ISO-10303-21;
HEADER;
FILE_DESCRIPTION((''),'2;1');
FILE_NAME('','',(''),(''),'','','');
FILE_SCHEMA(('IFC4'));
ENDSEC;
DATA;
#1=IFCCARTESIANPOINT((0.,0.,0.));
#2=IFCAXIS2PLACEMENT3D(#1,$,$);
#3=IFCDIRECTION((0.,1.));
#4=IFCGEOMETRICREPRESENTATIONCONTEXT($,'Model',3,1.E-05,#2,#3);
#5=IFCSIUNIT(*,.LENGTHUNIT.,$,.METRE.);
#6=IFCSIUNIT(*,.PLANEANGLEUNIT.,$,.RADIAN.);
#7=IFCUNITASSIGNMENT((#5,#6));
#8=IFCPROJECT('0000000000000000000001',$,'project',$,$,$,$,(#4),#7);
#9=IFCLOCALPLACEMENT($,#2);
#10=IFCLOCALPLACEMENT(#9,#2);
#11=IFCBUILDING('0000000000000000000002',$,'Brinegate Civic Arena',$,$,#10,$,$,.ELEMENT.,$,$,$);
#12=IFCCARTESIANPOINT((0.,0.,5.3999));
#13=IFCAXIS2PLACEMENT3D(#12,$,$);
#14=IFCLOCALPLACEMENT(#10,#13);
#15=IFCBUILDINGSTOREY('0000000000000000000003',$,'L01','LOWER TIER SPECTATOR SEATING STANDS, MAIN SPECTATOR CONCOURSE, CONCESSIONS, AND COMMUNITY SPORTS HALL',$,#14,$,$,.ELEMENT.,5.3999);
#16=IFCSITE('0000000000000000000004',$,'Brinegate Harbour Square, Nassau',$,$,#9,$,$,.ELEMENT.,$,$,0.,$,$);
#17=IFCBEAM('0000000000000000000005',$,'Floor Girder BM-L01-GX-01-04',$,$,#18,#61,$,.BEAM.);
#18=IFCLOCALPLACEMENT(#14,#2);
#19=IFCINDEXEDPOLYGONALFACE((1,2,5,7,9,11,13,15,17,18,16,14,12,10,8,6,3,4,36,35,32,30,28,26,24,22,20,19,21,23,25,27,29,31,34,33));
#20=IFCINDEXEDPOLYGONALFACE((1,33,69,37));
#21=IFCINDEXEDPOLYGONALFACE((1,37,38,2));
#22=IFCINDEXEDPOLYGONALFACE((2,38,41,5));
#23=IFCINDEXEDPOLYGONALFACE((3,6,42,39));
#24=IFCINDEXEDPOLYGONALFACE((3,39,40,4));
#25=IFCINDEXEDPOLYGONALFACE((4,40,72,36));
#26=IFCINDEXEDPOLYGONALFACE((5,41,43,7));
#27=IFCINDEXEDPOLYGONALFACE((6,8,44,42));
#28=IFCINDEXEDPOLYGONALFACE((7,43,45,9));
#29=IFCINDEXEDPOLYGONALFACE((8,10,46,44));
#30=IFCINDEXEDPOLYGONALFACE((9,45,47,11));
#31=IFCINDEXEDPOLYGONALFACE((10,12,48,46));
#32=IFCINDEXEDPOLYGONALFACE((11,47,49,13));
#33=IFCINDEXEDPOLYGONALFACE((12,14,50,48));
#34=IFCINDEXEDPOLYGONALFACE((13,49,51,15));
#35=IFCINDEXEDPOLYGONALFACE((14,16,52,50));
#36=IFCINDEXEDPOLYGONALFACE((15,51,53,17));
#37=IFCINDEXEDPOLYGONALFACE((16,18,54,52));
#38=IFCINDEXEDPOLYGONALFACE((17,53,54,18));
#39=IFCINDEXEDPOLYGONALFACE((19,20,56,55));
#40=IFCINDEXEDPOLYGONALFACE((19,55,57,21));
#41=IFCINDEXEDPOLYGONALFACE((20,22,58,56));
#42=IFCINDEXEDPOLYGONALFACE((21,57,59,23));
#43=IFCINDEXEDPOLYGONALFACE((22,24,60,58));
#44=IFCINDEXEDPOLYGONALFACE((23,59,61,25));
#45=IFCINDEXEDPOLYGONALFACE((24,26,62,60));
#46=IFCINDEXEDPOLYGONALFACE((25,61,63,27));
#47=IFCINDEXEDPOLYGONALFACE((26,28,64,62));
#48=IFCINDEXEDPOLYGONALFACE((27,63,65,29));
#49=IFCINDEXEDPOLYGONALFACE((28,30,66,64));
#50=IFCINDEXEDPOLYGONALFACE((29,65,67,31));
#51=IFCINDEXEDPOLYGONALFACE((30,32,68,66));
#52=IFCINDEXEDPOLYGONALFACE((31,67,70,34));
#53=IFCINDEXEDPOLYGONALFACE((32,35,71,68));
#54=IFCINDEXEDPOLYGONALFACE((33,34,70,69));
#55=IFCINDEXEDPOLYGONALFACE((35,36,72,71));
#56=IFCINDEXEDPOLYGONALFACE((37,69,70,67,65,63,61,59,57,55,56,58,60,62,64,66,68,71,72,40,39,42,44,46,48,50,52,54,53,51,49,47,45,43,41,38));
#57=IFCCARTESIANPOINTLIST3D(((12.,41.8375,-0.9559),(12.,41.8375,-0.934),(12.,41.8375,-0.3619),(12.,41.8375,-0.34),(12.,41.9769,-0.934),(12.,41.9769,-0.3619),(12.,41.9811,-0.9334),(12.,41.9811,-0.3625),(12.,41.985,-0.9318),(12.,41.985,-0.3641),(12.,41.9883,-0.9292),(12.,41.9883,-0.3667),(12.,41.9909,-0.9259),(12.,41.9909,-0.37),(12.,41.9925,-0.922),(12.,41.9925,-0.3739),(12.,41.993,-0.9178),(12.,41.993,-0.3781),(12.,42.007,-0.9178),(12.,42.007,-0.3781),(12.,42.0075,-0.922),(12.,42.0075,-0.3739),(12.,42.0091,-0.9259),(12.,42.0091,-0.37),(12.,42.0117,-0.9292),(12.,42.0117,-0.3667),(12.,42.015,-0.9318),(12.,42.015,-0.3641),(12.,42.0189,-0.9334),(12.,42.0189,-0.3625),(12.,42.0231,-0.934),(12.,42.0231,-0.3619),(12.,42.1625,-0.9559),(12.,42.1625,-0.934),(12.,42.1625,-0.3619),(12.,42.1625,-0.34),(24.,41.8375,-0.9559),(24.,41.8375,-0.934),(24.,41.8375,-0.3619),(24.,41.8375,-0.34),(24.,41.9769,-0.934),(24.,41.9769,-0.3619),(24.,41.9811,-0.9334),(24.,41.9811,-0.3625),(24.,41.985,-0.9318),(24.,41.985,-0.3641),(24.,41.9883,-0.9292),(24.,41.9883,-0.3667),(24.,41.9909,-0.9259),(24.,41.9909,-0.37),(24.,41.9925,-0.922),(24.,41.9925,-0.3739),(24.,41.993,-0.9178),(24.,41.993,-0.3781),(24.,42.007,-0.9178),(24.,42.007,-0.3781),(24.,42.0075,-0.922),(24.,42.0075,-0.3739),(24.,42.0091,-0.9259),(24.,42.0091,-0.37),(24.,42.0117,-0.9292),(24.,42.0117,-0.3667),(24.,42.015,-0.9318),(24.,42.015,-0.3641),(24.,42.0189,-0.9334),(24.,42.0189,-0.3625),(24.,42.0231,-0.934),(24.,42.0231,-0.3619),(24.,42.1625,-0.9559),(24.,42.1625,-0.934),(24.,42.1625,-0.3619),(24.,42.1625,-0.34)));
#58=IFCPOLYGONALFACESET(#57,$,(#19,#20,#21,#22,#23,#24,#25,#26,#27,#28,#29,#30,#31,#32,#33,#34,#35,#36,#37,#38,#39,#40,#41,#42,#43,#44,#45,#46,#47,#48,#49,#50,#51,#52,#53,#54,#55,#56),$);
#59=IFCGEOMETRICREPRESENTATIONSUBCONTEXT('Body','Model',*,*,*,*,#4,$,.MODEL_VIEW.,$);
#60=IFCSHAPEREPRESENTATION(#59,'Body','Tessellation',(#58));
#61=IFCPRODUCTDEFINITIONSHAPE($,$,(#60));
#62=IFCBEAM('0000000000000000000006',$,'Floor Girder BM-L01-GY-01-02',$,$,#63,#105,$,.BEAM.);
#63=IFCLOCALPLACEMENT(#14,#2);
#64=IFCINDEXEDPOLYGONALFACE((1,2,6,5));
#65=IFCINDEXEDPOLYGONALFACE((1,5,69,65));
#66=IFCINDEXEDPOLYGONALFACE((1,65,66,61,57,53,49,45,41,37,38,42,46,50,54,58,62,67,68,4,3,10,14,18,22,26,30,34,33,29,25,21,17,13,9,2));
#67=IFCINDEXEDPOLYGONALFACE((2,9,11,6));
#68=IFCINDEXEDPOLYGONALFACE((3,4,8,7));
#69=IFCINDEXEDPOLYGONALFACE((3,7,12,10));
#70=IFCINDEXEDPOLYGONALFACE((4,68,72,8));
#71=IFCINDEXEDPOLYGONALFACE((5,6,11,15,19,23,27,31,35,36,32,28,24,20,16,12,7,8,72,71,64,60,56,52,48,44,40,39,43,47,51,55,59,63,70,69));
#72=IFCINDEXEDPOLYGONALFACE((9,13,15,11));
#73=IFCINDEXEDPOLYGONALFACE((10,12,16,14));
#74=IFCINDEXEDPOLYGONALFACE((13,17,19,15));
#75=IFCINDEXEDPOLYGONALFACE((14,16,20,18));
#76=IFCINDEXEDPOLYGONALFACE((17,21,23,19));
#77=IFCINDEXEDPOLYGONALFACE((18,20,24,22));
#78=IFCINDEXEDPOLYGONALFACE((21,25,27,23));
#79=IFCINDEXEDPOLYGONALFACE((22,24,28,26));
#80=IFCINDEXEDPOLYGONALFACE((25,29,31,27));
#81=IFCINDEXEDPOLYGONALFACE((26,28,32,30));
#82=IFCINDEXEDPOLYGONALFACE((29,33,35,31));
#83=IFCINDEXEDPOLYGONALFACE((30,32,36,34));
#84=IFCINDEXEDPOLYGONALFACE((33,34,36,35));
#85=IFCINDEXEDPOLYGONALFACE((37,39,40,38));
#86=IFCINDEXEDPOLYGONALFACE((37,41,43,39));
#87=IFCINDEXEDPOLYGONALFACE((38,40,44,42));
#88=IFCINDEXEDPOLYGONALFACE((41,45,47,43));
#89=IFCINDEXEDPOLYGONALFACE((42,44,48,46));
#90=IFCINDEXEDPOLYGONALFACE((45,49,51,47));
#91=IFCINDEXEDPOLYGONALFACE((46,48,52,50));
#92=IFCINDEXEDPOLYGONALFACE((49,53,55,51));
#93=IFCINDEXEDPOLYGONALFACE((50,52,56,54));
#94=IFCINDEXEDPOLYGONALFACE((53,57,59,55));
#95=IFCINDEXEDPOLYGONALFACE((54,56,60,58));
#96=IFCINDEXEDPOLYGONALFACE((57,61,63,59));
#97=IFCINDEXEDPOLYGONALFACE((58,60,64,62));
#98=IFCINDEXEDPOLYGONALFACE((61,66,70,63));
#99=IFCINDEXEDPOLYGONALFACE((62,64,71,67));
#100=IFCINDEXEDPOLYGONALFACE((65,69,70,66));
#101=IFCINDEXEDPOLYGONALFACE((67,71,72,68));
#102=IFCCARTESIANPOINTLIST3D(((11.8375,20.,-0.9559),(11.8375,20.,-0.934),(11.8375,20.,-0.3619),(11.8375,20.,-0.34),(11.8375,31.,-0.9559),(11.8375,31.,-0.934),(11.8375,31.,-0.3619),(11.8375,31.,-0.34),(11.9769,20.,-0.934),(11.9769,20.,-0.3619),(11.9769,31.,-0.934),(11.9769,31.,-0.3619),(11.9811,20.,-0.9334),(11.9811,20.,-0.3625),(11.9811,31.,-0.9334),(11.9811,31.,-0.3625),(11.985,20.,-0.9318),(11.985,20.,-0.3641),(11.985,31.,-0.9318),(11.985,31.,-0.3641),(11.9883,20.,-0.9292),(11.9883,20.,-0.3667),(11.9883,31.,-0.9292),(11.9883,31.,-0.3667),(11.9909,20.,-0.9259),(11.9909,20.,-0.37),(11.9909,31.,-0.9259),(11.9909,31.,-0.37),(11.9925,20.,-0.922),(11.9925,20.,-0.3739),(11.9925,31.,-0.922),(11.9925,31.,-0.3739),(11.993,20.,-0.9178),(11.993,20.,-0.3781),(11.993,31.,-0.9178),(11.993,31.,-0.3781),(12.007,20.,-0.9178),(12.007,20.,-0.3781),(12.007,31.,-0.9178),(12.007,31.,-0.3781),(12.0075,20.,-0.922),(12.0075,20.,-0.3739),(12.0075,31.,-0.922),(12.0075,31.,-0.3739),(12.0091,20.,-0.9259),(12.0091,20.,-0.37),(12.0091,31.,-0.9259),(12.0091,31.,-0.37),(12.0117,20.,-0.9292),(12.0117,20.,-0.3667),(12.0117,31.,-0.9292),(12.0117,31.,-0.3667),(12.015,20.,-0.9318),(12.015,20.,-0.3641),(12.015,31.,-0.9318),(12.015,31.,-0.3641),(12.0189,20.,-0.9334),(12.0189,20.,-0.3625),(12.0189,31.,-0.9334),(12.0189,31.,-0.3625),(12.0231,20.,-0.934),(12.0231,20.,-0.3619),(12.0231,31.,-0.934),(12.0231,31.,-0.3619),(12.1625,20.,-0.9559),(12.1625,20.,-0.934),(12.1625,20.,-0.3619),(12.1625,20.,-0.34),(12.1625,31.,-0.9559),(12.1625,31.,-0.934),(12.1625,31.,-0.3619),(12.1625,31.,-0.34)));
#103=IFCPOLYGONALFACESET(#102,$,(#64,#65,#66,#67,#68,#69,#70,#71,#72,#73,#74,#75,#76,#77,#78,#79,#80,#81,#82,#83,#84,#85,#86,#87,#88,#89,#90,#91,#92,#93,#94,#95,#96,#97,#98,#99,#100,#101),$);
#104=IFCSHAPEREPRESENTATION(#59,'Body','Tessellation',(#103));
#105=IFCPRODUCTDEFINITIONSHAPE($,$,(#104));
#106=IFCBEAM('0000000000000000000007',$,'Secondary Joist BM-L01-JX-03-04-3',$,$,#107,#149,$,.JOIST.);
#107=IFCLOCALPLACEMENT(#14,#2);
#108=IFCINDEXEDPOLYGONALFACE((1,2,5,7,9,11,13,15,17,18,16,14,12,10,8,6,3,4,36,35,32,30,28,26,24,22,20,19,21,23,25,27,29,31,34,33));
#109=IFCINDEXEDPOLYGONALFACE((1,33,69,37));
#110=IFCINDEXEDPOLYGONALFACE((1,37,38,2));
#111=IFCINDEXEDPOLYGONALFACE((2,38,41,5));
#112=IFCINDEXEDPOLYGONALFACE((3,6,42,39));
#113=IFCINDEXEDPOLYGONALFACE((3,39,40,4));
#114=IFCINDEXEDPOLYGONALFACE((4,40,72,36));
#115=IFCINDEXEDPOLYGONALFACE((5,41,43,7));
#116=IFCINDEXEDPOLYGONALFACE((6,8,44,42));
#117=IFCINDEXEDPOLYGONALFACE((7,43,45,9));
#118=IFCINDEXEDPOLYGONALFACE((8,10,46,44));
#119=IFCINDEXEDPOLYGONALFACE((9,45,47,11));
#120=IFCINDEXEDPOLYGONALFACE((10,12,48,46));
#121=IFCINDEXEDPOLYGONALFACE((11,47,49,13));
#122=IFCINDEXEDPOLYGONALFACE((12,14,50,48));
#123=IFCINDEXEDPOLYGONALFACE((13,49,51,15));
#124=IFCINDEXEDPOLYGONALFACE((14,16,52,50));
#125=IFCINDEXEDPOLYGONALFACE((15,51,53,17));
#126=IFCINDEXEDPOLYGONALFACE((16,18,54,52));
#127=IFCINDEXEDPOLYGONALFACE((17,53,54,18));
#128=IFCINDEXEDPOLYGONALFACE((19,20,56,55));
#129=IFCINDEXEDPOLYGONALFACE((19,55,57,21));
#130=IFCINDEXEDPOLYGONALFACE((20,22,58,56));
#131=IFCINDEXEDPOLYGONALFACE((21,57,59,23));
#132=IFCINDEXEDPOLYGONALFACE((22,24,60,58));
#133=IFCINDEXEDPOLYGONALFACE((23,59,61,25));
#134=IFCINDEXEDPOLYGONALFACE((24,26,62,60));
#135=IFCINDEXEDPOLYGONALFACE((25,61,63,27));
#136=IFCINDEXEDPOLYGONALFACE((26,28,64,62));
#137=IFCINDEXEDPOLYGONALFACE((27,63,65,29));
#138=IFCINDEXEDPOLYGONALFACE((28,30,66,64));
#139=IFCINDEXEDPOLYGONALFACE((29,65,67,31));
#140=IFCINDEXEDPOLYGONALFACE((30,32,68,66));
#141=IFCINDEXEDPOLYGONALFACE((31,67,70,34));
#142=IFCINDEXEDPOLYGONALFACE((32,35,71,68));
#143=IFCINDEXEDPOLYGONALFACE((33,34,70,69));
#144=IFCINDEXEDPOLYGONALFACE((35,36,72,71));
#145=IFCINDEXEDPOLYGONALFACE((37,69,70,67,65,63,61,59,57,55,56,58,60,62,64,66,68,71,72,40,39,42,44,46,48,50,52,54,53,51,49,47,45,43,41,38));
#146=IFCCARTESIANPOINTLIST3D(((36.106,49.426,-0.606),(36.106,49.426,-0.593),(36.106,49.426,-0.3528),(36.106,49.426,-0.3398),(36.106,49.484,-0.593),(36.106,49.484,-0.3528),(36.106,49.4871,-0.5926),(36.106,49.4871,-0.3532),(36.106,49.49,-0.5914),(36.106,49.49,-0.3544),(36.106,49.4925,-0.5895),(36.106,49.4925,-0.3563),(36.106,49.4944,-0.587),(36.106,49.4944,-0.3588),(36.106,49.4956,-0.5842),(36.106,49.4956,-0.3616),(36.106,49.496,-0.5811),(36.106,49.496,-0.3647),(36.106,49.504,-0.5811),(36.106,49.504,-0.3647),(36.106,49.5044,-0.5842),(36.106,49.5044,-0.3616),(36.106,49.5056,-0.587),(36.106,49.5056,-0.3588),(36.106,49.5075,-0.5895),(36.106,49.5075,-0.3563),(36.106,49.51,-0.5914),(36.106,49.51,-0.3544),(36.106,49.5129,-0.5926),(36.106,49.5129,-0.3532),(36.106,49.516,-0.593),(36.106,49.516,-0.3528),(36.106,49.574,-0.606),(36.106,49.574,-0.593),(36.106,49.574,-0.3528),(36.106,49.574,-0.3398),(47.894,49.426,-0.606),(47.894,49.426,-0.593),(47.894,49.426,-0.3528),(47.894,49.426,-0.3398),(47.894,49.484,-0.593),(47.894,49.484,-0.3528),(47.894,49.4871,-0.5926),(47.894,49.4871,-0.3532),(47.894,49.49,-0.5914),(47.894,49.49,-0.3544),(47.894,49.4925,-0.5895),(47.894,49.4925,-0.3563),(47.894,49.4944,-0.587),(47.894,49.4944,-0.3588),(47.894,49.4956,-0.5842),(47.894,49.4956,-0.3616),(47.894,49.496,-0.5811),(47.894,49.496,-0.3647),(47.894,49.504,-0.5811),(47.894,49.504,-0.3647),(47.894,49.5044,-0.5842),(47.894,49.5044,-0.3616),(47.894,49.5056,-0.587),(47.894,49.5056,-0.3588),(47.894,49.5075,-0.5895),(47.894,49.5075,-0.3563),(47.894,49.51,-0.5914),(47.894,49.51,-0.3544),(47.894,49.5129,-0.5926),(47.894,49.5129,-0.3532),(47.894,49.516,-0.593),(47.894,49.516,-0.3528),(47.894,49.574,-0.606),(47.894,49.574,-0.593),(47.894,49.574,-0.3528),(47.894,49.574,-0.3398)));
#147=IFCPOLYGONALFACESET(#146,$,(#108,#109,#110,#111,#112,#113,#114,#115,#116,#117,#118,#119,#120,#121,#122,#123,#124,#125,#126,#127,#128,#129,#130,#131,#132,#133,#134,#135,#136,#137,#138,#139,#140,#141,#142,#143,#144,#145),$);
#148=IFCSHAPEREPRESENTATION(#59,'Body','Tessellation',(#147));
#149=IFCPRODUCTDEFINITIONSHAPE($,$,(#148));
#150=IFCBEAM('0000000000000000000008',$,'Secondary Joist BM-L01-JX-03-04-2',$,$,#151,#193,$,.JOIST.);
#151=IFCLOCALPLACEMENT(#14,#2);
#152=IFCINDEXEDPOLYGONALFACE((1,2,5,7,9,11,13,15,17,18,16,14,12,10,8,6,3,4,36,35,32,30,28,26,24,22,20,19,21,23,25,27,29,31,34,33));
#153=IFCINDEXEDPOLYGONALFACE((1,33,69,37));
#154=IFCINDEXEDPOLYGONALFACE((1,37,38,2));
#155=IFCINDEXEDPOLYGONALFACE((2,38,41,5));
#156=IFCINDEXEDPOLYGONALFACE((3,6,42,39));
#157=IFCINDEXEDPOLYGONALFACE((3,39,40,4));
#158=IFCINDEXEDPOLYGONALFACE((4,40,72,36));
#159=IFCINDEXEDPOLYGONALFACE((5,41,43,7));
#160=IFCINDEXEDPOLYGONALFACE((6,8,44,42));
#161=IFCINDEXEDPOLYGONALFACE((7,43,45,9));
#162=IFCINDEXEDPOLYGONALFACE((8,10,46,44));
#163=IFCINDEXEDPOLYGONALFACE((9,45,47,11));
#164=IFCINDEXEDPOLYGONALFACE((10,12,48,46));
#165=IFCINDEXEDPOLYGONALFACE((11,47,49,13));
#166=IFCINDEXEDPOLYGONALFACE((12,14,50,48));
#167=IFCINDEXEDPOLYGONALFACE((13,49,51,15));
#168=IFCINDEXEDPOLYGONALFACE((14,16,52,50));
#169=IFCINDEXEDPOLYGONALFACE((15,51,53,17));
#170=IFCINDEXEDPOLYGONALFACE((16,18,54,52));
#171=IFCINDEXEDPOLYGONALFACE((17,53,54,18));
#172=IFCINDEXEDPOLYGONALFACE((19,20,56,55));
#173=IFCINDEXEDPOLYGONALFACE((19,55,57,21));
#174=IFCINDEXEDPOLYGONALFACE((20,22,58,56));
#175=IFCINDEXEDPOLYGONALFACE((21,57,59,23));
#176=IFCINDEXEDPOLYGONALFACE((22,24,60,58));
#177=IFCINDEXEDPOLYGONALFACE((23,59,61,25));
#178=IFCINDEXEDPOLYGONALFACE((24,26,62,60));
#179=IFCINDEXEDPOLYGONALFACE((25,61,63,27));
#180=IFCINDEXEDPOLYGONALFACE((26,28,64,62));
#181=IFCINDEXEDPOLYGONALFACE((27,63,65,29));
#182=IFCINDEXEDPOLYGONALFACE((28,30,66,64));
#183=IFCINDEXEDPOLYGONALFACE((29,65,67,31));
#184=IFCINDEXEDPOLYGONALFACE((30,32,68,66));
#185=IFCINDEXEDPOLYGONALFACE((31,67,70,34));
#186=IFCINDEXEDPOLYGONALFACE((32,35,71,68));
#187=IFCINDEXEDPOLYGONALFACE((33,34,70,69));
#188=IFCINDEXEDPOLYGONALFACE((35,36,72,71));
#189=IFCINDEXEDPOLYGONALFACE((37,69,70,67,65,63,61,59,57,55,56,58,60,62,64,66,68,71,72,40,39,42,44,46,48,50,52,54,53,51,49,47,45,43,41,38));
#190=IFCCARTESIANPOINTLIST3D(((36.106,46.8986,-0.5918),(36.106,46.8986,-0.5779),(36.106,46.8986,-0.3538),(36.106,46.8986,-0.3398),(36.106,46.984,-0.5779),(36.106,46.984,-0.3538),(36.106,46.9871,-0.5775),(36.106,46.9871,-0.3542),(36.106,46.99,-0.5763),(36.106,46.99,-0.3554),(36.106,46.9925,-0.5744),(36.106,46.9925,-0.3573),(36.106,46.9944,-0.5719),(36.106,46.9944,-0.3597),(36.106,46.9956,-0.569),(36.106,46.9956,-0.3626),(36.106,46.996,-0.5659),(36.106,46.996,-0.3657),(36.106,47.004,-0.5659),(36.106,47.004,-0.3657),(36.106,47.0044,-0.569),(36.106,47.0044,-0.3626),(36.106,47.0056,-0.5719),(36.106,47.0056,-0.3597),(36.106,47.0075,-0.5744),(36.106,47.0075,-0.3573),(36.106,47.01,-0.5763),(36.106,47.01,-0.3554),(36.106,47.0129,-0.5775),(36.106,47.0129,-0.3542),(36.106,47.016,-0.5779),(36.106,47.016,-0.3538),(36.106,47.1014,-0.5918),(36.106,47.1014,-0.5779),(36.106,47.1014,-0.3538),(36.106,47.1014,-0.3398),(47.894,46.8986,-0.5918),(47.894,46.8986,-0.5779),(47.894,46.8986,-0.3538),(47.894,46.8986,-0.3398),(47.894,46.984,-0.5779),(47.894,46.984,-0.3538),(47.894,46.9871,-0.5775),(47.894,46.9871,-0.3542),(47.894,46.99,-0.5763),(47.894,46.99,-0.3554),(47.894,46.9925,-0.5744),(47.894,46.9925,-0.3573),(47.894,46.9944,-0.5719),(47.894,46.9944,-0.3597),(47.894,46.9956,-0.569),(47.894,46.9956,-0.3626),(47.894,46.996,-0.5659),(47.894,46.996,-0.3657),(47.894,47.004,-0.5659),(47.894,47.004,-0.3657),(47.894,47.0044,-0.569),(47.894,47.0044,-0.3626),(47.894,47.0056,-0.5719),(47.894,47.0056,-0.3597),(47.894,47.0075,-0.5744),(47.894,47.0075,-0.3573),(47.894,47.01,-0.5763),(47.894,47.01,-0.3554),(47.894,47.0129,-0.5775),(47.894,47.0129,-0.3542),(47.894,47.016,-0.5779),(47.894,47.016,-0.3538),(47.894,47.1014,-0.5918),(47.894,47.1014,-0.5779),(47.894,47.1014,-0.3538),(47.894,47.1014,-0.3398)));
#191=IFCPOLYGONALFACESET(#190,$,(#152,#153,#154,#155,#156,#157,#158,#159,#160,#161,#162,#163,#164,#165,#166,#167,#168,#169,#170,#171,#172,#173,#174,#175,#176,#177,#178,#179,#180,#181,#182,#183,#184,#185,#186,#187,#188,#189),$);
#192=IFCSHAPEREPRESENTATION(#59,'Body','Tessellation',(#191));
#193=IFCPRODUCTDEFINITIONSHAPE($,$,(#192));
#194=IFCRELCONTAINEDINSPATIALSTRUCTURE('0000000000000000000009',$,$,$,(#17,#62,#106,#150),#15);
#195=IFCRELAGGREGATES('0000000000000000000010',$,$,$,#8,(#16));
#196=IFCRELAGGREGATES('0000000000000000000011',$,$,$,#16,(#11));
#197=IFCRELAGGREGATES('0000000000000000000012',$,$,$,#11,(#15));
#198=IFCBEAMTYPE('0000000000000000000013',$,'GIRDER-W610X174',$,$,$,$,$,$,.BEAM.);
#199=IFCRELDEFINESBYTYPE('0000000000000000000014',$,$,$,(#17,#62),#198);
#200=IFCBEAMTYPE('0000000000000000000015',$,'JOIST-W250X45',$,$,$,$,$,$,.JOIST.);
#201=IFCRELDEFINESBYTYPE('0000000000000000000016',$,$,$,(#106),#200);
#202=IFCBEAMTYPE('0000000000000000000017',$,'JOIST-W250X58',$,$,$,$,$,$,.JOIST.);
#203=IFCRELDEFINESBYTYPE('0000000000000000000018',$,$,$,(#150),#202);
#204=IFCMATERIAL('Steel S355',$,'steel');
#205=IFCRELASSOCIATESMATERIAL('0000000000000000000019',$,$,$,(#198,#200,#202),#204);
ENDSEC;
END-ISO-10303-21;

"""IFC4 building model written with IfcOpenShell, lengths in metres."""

from ifc_helpers import new_model, si_unit, direction, frame, origin, origin_2d, place, context, subcontext, project, spatial, i_section, extrude, material, material_profile, profile_set, type_object, element, save


model = new_model("IFC4")

# Units and contexts
model_context = context("Model", 3, precision=1e-05, world=origin(), true_north=direction((0.0, 1.0)))
body_context = subcontext(model_context, "Body", "Model", "MODEL_VIEW")
ifc_project = project(units=[si_unit("LENGTHUNIT", "METRE"), si_unit("PLANEANGLEUNIT", "RADIAN")], contexts=[model_context])

# Site, building, storey
site_placement = place(None, origin())
site = spatial("IfcSite", under=ifc_project, at=site_placement, Name="Brinegate Harbour Square, Nassau", CompositionType="ELEMENT", RefElevation=0.0)
building_placement = place(site_placement, origin())
building = spatial("IfcBuilding", under=site, at=building_placement, Name="Brinegate Civic Arena", CompositionType="ELEMENT")
storey_placement = place(building_placement, frame((0.0, 0.0, 5.3999)))
storey = spatial("IfcBuildingStorey", under=building, at=storey_placement, Name="L01", Description="LOWER TIER SPECTATOR SEATING STANDS, MAIN SPECTATOR CONCOURSE, CONCESSIONS, AND COMMUNITY SPORTS HALL", CompositionType="ELEMENT", Elevation=5.3999)

# Shared definitions
ifc_material_1 = material(Name="Steel S355", Category="steel")

# Beams
ifc_material_profile_1 = material_profile(ifc_material_1, i_section(OverallWidth=0.325, OverallDepth=0.616, WebThickness=0.0139, FlangeThickness=0.022, FilletRadius=0.0161, at=origin_2d()), Name="W610X174")
ifc_profile_set_1 = profile_set([ifc_material_profile_1], Name="Steel S355")
beam_type_1 = type_object("IfcBeamType", Name="GIRDER-W610X174", PredefinedType="BEAM", material=ifc_profile_set_1)
beam_1_placement = place(storey_placement, frame((12.0, 42.0, -0.6479), z_axis=(1.0, 0.0, 0.0), x_axis=(0.0, 1.0, 0.0)))
element("IfcBeam", 1, at=beam_1_placement, inside=storey, type_object=beam_type_1, Name="Floor Girder BM-L01-GX-01-04", PredefinedType="BEAM", context=body_context, shape_type="SweptSolid", body=[
    extrude(i_section(OverallWidth=0.325, OverallDepth=0.616, WebThickness=0.0139, FlangeThickness=0.022, FilletRadius=0.0161, at=origin_2d()), origin(), (0.0, 0.0, 1.0), 12.0),
])
beam_2_placement = place(storey_placement, frame((12.0, 20.0, -0.6479), z_axis=(0.0, 1.0, 0.0), x_axis=(-1.0, 0.0, 0.0)))
element("IfcBeam", 2, at=beam_2_placement, inside=storey, type_object=beam_type_1, Name="Floor Girder BM-L01-GY-01-02", PredefinedType="BEAM", context=body_context, shape_type="SweptSolid", body=[
    extrude(i_section(OverallWidth=0.325, OverallDepth=0.616, WebThickness=0.0139, FlangeThickness=0.022, FilletRadius=0.0161, at=origin_2d()), origin(), (0.0, 0.0, 1.0), 11.0),
])
ifc_material_profile_2 = material_profile(ifc_material_1, i_section(OverallWidth=0.1479, OverallDepth=0.2661, WebThickness=0.0081, FlangeThickness=0.0129, FilletRadius=0.012, at=origin_2d()), Name="W250X45")
ifc_profile_set_2 = profile_set([ifc_material_profile_2], Name="Steel S355")
beam_type_2 = type_object("IfcBeamType", Name="JOIST-W250X45", PredefinedType="JOIST", material=ifc_profile_set_2)
beam_3_placement = place(storey_placement, frame((36.106, 49.5, -0.4729), z_axis=(1.0, 0.0, 0.0), x_axis=(0.0, 1.0, 0.0)))
element("IfcBeam", 3, at=beam_3_placement, inside=storey, type_object=beam_type_2, Name="Secondary Joist BM-L01-JX-03-04-3", PredefinedType="JOIST", context=body_context, shape_type="SweptSolid", body=[
    extrude(i_section(OverallWidth=0.1479, OverallDepth=0.2661, WebThickness=0.0081, FlangeThickness=0.0129, FilletRadius=0.012, at=origin_2d()), origin(), (0.0, 0.0, 1.0), 11.7881),
])
ifc_material_profile_3 = material_profile(ifc_material_1, i_section(OverallWidth=0.2029, OverallDepth=0.252, WebThickness=0.0081, FlangeThickness=0.0139, FilletRadius=0.012, at=origin_2d()), Name="W250X58")
ifc_profile_set_3 = profile_set([ifc_material_profile_3], Name="Steel S355")
beam_type_3 = type_object("IfcBeamType", Name="JOIST-W250X58", PredefinedType="JOIST", material=ifc_profile_set_3)
beam_4_placement = place(storey_placement, frame((36.106, 47.0, -0.4658), z_axis=(1.0, 0.0, 0.0), x_axis=(0.0, 1.0, 0.0)))
element("IfcBeam", 4, at=beam_4_placement, inside=storey, type_object=beam_type_3, Name="Secondary Joist BM-L01-JX-03-04-2", PredefinedType="JOIST", context=body_context, shape_type="SweptSolid", body=[
    extrude(i_section(OverallWidth=0.2029, OverallDepth=0.252, WebThickness=0.0081, FlangeThickness=0.0139, FilletRadius=0.012, at=origin_2d()), origin(), (0.0, 0.0, 1.0), 11.7881),
])

save(model, "model.ifc")
